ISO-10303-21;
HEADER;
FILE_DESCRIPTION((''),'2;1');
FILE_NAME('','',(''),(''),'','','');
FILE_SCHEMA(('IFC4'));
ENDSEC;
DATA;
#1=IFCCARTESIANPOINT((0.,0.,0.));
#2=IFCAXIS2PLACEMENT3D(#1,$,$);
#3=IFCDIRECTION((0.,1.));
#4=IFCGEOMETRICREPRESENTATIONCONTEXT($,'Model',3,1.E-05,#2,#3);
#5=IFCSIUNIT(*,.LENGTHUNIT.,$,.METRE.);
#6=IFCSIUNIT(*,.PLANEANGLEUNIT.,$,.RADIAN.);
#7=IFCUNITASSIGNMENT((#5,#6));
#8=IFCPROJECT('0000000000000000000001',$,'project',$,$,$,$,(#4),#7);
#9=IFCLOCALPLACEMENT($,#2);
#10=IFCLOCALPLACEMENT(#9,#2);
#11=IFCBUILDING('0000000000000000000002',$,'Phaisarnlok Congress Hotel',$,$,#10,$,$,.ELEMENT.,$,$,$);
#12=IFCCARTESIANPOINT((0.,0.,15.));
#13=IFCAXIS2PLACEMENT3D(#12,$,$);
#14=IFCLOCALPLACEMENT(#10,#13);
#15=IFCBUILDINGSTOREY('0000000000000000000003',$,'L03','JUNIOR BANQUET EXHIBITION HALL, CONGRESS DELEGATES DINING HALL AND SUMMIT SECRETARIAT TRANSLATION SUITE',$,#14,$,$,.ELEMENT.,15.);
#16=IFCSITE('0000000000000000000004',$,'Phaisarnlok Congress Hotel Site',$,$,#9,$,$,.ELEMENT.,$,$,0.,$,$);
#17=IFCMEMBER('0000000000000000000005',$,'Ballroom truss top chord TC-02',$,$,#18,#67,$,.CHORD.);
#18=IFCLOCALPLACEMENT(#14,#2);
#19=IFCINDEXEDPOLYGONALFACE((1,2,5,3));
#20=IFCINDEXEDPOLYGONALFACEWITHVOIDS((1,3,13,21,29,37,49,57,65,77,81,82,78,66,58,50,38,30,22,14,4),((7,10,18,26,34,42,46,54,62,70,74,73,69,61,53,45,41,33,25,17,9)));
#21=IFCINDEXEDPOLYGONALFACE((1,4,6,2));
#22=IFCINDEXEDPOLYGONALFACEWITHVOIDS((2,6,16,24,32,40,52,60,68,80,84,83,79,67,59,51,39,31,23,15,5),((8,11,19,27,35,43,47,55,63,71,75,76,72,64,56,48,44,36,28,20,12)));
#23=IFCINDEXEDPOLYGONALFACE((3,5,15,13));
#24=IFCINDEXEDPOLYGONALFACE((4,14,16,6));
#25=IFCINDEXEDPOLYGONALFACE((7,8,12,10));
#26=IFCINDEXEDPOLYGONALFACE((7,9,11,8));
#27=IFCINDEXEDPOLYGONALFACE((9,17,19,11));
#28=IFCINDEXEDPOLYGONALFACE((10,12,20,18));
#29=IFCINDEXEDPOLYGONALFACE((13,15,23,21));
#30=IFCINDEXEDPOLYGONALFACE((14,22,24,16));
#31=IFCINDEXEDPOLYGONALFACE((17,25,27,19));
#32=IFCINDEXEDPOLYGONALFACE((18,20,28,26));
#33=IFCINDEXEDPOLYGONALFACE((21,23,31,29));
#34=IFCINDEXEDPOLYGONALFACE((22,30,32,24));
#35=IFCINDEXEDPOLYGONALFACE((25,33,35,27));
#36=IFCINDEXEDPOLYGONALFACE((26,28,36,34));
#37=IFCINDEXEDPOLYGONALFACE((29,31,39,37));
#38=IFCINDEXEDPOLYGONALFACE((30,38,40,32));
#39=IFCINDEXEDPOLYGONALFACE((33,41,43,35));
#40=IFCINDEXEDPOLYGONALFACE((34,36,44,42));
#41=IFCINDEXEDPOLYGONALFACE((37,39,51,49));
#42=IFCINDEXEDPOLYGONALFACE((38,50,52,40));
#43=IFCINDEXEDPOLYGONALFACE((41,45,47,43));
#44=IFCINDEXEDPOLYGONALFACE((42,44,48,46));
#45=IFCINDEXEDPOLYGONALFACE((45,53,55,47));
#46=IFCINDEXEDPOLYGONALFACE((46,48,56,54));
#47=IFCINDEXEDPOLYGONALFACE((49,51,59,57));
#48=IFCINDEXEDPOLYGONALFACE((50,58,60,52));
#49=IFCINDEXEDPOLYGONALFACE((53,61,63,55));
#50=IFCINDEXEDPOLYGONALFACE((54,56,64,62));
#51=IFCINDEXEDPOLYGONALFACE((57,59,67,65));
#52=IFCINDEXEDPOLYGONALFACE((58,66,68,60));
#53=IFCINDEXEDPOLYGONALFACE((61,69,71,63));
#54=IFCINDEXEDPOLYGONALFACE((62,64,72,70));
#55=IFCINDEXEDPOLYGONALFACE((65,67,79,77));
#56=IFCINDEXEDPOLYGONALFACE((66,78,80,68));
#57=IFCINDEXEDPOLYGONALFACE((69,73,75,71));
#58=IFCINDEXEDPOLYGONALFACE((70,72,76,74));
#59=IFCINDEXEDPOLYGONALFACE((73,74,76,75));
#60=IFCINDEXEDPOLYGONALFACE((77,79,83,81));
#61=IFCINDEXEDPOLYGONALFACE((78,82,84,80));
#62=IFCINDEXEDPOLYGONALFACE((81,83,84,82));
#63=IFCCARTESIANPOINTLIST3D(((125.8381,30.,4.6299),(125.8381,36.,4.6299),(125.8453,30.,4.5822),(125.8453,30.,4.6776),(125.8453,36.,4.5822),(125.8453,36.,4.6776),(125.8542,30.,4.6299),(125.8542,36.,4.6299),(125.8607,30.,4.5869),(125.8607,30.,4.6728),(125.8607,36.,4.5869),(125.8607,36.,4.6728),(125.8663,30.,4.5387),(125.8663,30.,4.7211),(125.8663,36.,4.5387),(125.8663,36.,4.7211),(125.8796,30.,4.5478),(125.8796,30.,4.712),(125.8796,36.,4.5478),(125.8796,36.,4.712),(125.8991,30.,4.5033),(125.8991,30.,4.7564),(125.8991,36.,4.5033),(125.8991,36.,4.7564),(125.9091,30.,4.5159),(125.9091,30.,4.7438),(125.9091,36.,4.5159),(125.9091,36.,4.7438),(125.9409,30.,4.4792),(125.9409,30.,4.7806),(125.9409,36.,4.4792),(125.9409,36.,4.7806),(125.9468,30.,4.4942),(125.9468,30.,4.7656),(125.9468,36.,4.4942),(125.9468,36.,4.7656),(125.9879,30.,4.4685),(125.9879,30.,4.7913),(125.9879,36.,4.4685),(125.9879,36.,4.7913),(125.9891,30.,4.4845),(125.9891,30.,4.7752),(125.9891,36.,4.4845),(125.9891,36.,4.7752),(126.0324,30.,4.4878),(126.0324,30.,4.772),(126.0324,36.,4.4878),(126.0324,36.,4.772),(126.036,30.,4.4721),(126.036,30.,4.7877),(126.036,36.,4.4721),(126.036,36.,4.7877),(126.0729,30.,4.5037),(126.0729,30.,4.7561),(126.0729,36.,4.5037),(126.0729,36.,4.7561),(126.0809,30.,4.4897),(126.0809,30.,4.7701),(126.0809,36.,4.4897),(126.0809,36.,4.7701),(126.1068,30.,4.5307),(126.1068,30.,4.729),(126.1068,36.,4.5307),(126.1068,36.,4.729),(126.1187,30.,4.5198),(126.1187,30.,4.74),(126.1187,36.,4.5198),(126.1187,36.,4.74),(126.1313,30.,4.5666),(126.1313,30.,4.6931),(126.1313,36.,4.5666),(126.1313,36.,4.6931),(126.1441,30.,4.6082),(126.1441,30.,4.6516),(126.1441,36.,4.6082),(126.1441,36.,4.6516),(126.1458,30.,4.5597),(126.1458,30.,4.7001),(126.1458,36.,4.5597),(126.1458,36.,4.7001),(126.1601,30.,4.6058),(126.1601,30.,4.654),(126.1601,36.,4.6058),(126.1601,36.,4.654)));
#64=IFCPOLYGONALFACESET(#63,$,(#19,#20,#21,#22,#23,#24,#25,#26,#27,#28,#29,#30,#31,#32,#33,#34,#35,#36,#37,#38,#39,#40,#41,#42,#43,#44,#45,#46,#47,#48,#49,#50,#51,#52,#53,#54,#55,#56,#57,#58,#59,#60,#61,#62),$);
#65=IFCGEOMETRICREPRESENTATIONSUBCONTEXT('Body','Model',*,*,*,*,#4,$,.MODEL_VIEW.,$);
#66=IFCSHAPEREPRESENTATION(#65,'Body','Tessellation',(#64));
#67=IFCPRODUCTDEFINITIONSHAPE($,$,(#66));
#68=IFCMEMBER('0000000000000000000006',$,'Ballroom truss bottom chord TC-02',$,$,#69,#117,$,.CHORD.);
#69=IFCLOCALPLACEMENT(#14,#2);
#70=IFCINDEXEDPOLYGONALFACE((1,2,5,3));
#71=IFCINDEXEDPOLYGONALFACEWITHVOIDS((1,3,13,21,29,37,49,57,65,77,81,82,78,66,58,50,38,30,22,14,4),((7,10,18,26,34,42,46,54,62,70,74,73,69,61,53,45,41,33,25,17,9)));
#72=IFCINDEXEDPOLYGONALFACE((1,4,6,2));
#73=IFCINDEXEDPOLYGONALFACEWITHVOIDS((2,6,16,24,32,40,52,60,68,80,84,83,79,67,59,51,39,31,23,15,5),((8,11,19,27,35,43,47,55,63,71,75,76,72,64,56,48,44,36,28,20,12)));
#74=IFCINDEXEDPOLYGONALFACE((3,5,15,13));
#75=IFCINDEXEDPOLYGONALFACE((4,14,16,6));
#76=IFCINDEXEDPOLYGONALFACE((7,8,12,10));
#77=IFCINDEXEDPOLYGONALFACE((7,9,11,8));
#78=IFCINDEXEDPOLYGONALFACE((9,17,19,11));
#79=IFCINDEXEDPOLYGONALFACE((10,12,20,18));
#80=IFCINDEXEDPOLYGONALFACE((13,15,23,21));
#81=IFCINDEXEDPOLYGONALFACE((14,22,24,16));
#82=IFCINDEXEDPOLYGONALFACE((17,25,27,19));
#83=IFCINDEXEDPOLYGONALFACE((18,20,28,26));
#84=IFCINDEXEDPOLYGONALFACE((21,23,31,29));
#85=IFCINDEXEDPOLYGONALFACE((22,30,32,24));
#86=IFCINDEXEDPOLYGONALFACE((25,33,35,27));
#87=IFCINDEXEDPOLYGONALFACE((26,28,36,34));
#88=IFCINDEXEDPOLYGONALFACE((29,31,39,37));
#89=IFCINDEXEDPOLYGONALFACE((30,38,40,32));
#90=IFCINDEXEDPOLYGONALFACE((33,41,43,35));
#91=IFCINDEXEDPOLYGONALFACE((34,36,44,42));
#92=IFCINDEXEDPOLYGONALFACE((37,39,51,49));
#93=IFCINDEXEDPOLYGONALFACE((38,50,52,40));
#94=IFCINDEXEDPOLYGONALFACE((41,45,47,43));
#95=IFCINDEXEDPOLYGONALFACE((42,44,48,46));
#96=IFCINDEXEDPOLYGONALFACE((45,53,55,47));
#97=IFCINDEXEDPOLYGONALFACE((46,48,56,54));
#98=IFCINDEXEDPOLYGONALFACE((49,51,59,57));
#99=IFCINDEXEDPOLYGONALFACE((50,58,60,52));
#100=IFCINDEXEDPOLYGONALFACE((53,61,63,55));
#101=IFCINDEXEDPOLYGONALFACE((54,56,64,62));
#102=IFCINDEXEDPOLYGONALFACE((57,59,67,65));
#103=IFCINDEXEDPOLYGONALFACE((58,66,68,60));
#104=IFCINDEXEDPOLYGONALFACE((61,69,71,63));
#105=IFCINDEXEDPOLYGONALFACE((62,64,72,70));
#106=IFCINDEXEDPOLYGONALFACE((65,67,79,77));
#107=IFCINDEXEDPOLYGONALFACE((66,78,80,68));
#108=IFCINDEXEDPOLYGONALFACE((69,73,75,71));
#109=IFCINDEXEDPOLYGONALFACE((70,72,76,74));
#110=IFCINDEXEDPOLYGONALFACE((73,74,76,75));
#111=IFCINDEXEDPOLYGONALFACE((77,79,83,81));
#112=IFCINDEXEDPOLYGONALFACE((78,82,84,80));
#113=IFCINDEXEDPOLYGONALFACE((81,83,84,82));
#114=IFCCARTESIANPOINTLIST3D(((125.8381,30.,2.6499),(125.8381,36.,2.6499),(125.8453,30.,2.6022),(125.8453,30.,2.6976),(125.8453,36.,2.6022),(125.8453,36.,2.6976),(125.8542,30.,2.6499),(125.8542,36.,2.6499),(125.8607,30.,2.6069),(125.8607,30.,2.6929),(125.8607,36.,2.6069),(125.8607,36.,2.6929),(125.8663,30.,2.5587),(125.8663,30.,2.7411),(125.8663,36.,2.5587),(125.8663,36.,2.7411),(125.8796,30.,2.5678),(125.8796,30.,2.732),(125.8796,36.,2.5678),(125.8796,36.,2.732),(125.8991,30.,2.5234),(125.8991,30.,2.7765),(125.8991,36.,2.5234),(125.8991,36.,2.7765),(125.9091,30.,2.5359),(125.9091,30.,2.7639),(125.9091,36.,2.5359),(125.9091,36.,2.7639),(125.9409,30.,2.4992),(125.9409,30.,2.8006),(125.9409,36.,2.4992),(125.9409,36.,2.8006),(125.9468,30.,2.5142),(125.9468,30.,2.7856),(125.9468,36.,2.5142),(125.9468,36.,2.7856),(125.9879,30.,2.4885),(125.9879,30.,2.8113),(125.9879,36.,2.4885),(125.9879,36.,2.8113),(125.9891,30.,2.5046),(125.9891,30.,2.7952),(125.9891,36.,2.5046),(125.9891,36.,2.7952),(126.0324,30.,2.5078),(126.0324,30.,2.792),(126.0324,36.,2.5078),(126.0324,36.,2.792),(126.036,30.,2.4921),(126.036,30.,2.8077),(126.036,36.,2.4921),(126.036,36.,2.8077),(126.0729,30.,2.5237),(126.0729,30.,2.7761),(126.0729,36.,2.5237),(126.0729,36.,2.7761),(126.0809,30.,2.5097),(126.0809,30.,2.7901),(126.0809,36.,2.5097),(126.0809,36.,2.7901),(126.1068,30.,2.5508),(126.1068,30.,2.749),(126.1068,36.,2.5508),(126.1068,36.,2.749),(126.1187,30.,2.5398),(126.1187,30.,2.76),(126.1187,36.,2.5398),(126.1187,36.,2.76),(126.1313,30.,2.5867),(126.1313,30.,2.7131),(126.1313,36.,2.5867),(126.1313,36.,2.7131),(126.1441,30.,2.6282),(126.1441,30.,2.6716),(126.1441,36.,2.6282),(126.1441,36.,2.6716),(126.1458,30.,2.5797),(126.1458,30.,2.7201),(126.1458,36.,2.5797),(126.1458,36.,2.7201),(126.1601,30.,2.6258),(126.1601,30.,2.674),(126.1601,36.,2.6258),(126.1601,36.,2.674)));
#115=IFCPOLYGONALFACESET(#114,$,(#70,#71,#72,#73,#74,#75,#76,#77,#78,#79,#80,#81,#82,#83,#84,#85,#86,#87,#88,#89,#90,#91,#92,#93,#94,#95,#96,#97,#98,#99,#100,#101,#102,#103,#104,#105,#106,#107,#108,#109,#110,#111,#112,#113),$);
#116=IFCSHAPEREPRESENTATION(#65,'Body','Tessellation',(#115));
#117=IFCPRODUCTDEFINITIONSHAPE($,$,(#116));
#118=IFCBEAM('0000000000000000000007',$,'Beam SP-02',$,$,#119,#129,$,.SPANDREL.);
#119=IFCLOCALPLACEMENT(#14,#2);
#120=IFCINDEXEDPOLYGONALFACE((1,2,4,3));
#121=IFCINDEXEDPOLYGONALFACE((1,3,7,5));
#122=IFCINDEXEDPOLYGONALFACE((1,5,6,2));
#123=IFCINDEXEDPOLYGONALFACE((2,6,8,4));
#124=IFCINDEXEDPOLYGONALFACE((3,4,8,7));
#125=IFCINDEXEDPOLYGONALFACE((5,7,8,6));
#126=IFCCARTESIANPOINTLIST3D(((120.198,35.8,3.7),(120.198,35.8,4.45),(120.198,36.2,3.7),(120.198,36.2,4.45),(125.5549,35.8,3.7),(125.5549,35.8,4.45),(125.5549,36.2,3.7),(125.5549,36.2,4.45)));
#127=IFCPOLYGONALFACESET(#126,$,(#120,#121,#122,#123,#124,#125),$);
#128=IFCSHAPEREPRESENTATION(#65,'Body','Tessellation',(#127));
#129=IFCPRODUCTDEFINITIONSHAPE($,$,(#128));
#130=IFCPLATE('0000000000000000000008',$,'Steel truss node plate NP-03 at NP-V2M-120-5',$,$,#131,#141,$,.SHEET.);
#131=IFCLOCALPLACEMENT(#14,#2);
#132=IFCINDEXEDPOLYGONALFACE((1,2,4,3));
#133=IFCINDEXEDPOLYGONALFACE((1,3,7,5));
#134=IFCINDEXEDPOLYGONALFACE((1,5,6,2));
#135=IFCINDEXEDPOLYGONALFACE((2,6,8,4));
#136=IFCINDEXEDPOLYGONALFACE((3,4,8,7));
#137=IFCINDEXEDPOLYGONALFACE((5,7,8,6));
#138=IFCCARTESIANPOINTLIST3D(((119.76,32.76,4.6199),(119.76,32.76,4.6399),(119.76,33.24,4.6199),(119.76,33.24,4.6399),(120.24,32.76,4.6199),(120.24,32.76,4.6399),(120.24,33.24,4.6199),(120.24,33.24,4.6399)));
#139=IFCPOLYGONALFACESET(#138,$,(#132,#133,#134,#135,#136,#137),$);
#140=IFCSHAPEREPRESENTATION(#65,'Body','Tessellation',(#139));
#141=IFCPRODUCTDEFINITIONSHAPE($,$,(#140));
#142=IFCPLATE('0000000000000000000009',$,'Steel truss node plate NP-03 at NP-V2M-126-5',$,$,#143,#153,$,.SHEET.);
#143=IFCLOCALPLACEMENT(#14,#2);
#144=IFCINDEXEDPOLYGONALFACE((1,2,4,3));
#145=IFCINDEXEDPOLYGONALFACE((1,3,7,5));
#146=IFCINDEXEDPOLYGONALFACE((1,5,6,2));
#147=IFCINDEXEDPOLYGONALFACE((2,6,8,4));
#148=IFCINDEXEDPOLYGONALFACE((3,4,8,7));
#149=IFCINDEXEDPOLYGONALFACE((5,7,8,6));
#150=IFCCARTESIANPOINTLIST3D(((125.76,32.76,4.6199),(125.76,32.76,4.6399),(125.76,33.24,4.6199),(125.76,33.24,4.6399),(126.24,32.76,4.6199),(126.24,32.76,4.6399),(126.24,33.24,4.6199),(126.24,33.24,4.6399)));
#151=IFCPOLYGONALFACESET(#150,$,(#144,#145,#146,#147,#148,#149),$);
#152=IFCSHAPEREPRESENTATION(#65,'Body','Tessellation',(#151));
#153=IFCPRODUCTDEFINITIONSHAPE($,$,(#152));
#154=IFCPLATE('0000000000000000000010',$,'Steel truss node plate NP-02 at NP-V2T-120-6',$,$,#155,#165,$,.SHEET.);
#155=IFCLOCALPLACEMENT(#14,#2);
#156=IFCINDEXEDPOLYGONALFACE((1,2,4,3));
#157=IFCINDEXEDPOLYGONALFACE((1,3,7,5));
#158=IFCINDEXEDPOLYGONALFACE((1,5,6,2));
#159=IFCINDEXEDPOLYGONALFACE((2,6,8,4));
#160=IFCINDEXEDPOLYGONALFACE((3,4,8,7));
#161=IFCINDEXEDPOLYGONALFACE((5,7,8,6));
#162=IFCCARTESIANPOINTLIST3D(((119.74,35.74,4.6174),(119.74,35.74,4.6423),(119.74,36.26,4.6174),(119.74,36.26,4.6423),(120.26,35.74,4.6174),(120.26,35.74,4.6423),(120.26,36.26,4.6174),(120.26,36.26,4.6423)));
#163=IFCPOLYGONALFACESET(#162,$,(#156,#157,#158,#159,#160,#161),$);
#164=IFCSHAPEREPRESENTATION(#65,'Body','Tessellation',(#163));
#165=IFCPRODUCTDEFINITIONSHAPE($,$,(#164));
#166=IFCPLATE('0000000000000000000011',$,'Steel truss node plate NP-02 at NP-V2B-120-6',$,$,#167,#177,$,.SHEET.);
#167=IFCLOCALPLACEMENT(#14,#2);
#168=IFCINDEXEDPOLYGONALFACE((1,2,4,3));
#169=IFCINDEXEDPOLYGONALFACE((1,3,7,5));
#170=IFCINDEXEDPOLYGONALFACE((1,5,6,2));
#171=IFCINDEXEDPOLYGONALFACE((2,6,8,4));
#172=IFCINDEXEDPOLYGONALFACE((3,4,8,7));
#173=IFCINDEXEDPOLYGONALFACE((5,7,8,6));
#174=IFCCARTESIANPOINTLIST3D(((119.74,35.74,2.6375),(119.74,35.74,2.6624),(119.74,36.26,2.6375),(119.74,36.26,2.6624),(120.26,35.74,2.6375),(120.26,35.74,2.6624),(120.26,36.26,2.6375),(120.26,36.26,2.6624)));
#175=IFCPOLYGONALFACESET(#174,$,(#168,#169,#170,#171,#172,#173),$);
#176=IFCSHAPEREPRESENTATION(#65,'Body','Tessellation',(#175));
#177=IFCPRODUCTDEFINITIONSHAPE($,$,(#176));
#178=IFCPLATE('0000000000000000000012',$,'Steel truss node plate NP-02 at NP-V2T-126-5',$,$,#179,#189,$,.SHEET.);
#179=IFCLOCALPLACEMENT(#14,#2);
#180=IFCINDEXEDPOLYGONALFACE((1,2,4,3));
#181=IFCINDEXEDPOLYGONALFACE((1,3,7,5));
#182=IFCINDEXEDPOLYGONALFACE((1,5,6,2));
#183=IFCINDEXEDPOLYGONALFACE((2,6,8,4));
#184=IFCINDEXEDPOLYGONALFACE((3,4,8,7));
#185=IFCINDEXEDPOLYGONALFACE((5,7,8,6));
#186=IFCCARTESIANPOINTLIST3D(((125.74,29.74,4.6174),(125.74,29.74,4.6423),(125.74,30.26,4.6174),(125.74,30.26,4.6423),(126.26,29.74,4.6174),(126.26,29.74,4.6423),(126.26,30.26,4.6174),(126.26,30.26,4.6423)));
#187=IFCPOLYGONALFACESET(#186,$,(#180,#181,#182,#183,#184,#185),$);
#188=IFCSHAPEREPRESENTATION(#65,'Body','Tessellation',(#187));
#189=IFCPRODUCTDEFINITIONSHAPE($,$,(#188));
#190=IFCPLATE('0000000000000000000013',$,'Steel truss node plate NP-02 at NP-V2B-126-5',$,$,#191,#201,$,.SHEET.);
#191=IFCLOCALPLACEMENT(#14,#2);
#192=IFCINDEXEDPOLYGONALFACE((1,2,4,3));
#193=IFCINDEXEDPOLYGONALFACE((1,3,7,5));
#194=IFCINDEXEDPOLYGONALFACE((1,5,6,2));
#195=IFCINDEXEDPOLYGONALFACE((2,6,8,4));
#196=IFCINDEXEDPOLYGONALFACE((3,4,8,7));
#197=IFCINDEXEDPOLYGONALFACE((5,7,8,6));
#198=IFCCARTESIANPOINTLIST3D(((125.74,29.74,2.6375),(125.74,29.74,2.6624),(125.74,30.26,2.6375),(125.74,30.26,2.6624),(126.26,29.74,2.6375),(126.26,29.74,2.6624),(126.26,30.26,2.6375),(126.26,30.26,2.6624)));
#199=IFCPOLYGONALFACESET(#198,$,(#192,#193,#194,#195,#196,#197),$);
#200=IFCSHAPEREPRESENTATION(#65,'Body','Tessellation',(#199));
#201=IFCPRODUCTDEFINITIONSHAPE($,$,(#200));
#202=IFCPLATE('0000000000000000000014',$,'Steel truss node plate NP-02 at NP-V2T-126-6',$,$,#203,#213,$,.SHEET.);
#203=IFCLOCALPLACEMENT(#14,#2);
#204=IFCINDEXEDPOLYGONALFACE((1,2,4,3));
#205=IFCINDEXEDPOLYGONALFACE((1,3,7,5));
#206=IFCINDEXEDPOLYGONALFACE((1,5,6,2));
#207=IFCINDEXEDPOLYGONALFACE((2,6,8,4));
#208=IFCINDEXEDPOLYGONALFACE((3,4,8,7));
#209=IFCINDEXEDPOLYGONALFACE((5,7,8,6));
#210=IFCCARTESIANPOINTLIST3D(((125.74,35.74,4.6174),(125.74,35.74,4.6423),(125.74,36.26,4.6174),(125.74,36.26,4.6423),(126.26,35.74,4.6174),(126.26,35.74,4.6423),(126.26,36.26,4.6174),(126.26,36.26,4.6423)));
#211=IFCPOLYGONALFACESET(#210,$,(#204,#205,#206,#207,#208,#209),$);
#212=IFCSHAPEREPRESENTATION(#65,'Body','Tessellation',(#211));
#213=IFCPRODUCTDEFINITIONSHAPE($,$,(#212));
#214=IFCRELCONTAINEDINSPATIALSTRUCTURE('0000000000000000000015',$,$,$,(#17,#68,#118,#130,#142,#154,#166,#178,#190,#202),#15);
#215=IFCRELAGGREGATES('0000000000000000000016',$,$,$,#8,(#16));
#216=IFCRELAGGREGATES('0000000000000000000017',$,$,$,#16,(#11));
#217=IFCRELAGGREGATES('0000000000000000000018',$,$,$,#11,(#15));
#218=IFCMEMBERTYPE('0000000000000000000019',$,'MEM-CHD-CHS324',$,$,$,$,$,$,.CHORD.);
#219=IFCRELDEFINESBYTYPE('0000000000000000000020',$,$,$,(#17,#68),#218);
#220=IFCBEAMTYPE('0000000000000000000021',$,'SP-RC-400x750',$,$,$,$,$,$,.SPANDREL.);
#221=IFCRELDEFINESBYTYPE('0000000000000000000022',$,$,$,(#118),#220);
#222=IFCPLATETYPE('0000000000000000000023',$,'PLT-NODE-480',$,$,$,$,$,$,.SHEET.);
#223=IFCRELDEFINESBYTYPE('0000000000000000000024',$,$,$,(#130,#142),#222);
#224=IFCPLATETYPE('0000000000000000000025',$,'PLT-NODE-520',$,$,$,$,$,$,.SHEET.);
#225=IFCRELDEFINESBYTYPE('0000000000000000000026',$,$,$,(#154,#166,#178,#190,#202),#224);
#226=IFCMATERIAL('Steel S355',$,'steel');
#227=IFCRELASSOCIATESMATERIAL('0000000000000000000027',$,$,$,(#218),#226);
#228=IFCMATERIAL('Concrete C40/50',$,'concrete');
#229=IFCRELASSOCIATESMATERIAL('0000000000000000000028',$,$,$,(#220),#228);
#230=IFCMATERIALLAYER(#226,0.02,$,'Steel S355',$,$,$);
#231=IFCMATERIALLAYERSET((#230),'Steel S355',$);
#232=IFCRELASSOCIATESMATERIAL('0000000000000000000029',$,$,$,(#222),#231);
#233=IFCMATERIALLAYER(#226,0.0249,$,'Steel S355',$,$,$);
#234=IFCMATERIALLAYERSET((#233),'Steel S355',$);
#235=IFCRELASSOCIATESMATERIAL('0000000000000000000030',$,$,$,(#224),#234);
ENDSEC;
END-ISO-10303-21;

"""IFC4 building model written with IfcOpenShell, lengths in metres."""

from ifc_helpers import new_model, si_unit, direction, frame, origin, origin_2d, place, context, subcontext, project, spatial, rectangle, hollow_circle, extrude, material, layer, layer_set, material_profile, profile_set, type_object, element, save


model = new_model("IFC4")

# Units and contexts
model_context = context("Model", 3, precision=1e-05, world=origin(), true_north=direction((0.0, 1.0)))
body_context = subcontext(model_context, "Body", "Model", "MODEL_VIEW")
ifc_project = project(units=[si_unit("LENGTHUNIT", "METRE"), si_unit("PLANEANGLEUNIT", "RADIAN")], contexts=[model_context])

# Site, building, storey
site_placement = place(None, origin())
site = spatial("IfcSite", under=ifc_project, at=site_placement, Name="Phaisarnlok Congress Hotel Site", CompositionType="ELEMENT", RefElevation=0.0)
building_placement = place(site_placement, origin())
building = spatial("IfcBuilding", under=site, at=building_placement, Name="Phaisarnlok Congress Hotel", CompositionType="ELEMENT")
storey_placement = place(building_placement, frame((0.0, 0.0, 15.0)))
storey = spatial("IfcBuildingStorey", under=building, at=storey_placement, Name="L03", Description="JUNIOR BANQUET EXHIBITION HALL, CONGRESS DELEGATES DINING HALL AND SUMMIT SECRETARIAT TRANSLATION SUITE", CompositionType="ELEMENT", Elevation=15.0)

# Shared definitions
ifc_material_1 = material(Name="Steel S355", Category="steel")

# Members
ifc_material_profile_1 = material_profile(ifc_material_1, hollow_circle(Radius=0.1619, WallThickness=0.0161, at=origin_2d()), Name="CHS 323.9x16")
ifc_profile_set_1 = profile_set([ifc_material_profile_1], Name="Steel S355")
member_type_1 = type_object("IfcMemberType", Name="MEM-CHD-CHS324", PredefinedType="CHORD", material=ifc_profile_set_1)
for number, where, z_axis, x_axis, name in (
    (1, (126.0, 30.0, 4.6299), (0.0, 1.0, 0.0), (-1.0, 0.0, 0.0), "Ballroom truss top chord TC-02"),
    (2, (126.0, 30.0, 2.6499), (0.0, 1.0, 0.0), (-1.0, 0.0, 0.0), "Ballroom truss bottom chord TC-02"),
):
    element("IfcMember", number, at=place(storey_placement, frame(where, z_axis=z_axis, x_axis=x_axis)), inside=storey, type_object=member_type_1, Name=name, PredefinedType="CHORD", context=body_context, shape_type="SweptSolid", body=[
        extrude(hollow_circle(Radius=0.1619, WallThickness=0.0161, at=origin_2d()), origin(), (0.0, 0.0, 1.0), 6.0),
    ])

# Beam
ifc_material_2 = material(Name="Concrete C40/50", Category="concrete")
ifc_material_profile_2 = material_profile(ifc_material_2, rectangle(XDim=0.3999, YDim=0.75, at=origin_2d()), Name="RC 400x750")
ifc_profile_set_2 = profile_set([ifc_material_profile_2], Name="Concrete C40/50")
beam_type = type_object("IfcBeamType", Name="SP-RC-400x750", PredefinedType="SPANDREL", material=ifc_profile_set_2)
beam_placement = place(storey_placement, frame((120.198, 36.0, 4.075), z_axis=(1.0, 0.0, 0.0), x_axis=(0.0, 1.0, 0.0)))
element("IfcBeam", 3, at=beam_placement, inside=storey, type_object=beam_type, Name="Beam SP-02", PredefinedType="SPANDREL", context=body_context, shape_type="SweptSolid", body=[
    extrude(rectangle(XDim=0.3999, YDim=0.75, at=origin_2d()), origin(), (0.0, 0.0, 1.0), 5.3569),
])

# Plates
ifc_layer_1 = layer(ifc_material_1, 0.02, Name="Steel S355")
ifc_layer_set_1 = layer_set([ifc_layer_1], Name="Steel S355")
plate_type_1 = type_object("IfcPlateType", Name="PLT-NODE-480", PredefinedType="SHEET", material=ifc_layer_set_1)
for number, where, z_axis, x_axis, name in (
    (4, (120.0, 33.0, 4.6199), (0.0, 0.0, 1.0), (1.0, 0.0, 0.0), "Steel truss node plate NP-03 at NP-V2M-120-5"),
    (5, (126.0, 33.0, 4.6199), (0.0, 0.0, 1.0), (1.0, 0.0, 0.0), "Steel truss node plate NP-03 at NP-V2M-126-5"),
):
    element("IfcPlate", number, at=place(storey_placement, frame(where, z_axis=z_axis, x_axis=x_axis)), inside=storey, type_object=plate_type_1, Name=name, PredefinedType="SHEET", context=body_context, shape_type="SweptSolid", body=[
        extrude(rectangle(XDim=0.48, YDim=0.48, at=origin_2d()), origin(), (0.0, 0.0, 1.0), 0.02),
    ])
ifc_layer_2 = layer(ifc_material_1, 0.0249, Name="Steel S355")
ifc_layer_set_2 = layer_set([ifc_layer_2], Name="Steel S355")
plate_type_2 = type_object("IfcPlateType", Name="PLT-NODE-520", PredefinedType="SHEET", material=ifc_layer_set_2)
for number, where, z_axis, x_axis, name in (
    (6, (120.0, 36.0, 4.6174), (0.0, 0.0, 1.0), (1.0, 0.0, 0.0), "Steel truss node plate NP-02 at NP-V2T-120-6"),
    (7, (120.0, 36.0, 2.6375), (0.0, 0.0, 1.0), (1.0, 0.0, 0.0), "Steel truss node plate NP-02 at NP-V2B-120-6"),
    (8, (126.0, 30.0, 4.6174), (0.0, 0.0, 1.0), (1.0, 0.0, 0.0), "Steel truss node plate NP-02 at NP-V2T-126-5"),
    (9, (126.0, 30.0, 2.6375), (0.0, 0.0, 1.0), (1.0, 0.0, 0.0), "Steel truss node plate NP-02 at NP-V2B-126-5"),
    (10, (126.0, 36.0, 4.6174), (0.0, 0.0, 1.0), (1.0, 0.0, 0.0), "Steel truss node plate NP-02 at NP-V2T-126-6"),
):
    element("IfcPlate", number, at=place(storey_placement, frame(where, z_axis=z_axis, x_axis=x_axis)), inside=storey, type_object=plate_type_2, Name=name, PredefinedType="SHEET", context=body_context, shape_type="SweptSolid", body=[
        extrude(rectangle(XDim=0.52, YDim=0.52, at=origin_2d()), origin(), (0.0, 0.0, 1.0), 0.0249),
    ])

save(model, "model.ifc")
